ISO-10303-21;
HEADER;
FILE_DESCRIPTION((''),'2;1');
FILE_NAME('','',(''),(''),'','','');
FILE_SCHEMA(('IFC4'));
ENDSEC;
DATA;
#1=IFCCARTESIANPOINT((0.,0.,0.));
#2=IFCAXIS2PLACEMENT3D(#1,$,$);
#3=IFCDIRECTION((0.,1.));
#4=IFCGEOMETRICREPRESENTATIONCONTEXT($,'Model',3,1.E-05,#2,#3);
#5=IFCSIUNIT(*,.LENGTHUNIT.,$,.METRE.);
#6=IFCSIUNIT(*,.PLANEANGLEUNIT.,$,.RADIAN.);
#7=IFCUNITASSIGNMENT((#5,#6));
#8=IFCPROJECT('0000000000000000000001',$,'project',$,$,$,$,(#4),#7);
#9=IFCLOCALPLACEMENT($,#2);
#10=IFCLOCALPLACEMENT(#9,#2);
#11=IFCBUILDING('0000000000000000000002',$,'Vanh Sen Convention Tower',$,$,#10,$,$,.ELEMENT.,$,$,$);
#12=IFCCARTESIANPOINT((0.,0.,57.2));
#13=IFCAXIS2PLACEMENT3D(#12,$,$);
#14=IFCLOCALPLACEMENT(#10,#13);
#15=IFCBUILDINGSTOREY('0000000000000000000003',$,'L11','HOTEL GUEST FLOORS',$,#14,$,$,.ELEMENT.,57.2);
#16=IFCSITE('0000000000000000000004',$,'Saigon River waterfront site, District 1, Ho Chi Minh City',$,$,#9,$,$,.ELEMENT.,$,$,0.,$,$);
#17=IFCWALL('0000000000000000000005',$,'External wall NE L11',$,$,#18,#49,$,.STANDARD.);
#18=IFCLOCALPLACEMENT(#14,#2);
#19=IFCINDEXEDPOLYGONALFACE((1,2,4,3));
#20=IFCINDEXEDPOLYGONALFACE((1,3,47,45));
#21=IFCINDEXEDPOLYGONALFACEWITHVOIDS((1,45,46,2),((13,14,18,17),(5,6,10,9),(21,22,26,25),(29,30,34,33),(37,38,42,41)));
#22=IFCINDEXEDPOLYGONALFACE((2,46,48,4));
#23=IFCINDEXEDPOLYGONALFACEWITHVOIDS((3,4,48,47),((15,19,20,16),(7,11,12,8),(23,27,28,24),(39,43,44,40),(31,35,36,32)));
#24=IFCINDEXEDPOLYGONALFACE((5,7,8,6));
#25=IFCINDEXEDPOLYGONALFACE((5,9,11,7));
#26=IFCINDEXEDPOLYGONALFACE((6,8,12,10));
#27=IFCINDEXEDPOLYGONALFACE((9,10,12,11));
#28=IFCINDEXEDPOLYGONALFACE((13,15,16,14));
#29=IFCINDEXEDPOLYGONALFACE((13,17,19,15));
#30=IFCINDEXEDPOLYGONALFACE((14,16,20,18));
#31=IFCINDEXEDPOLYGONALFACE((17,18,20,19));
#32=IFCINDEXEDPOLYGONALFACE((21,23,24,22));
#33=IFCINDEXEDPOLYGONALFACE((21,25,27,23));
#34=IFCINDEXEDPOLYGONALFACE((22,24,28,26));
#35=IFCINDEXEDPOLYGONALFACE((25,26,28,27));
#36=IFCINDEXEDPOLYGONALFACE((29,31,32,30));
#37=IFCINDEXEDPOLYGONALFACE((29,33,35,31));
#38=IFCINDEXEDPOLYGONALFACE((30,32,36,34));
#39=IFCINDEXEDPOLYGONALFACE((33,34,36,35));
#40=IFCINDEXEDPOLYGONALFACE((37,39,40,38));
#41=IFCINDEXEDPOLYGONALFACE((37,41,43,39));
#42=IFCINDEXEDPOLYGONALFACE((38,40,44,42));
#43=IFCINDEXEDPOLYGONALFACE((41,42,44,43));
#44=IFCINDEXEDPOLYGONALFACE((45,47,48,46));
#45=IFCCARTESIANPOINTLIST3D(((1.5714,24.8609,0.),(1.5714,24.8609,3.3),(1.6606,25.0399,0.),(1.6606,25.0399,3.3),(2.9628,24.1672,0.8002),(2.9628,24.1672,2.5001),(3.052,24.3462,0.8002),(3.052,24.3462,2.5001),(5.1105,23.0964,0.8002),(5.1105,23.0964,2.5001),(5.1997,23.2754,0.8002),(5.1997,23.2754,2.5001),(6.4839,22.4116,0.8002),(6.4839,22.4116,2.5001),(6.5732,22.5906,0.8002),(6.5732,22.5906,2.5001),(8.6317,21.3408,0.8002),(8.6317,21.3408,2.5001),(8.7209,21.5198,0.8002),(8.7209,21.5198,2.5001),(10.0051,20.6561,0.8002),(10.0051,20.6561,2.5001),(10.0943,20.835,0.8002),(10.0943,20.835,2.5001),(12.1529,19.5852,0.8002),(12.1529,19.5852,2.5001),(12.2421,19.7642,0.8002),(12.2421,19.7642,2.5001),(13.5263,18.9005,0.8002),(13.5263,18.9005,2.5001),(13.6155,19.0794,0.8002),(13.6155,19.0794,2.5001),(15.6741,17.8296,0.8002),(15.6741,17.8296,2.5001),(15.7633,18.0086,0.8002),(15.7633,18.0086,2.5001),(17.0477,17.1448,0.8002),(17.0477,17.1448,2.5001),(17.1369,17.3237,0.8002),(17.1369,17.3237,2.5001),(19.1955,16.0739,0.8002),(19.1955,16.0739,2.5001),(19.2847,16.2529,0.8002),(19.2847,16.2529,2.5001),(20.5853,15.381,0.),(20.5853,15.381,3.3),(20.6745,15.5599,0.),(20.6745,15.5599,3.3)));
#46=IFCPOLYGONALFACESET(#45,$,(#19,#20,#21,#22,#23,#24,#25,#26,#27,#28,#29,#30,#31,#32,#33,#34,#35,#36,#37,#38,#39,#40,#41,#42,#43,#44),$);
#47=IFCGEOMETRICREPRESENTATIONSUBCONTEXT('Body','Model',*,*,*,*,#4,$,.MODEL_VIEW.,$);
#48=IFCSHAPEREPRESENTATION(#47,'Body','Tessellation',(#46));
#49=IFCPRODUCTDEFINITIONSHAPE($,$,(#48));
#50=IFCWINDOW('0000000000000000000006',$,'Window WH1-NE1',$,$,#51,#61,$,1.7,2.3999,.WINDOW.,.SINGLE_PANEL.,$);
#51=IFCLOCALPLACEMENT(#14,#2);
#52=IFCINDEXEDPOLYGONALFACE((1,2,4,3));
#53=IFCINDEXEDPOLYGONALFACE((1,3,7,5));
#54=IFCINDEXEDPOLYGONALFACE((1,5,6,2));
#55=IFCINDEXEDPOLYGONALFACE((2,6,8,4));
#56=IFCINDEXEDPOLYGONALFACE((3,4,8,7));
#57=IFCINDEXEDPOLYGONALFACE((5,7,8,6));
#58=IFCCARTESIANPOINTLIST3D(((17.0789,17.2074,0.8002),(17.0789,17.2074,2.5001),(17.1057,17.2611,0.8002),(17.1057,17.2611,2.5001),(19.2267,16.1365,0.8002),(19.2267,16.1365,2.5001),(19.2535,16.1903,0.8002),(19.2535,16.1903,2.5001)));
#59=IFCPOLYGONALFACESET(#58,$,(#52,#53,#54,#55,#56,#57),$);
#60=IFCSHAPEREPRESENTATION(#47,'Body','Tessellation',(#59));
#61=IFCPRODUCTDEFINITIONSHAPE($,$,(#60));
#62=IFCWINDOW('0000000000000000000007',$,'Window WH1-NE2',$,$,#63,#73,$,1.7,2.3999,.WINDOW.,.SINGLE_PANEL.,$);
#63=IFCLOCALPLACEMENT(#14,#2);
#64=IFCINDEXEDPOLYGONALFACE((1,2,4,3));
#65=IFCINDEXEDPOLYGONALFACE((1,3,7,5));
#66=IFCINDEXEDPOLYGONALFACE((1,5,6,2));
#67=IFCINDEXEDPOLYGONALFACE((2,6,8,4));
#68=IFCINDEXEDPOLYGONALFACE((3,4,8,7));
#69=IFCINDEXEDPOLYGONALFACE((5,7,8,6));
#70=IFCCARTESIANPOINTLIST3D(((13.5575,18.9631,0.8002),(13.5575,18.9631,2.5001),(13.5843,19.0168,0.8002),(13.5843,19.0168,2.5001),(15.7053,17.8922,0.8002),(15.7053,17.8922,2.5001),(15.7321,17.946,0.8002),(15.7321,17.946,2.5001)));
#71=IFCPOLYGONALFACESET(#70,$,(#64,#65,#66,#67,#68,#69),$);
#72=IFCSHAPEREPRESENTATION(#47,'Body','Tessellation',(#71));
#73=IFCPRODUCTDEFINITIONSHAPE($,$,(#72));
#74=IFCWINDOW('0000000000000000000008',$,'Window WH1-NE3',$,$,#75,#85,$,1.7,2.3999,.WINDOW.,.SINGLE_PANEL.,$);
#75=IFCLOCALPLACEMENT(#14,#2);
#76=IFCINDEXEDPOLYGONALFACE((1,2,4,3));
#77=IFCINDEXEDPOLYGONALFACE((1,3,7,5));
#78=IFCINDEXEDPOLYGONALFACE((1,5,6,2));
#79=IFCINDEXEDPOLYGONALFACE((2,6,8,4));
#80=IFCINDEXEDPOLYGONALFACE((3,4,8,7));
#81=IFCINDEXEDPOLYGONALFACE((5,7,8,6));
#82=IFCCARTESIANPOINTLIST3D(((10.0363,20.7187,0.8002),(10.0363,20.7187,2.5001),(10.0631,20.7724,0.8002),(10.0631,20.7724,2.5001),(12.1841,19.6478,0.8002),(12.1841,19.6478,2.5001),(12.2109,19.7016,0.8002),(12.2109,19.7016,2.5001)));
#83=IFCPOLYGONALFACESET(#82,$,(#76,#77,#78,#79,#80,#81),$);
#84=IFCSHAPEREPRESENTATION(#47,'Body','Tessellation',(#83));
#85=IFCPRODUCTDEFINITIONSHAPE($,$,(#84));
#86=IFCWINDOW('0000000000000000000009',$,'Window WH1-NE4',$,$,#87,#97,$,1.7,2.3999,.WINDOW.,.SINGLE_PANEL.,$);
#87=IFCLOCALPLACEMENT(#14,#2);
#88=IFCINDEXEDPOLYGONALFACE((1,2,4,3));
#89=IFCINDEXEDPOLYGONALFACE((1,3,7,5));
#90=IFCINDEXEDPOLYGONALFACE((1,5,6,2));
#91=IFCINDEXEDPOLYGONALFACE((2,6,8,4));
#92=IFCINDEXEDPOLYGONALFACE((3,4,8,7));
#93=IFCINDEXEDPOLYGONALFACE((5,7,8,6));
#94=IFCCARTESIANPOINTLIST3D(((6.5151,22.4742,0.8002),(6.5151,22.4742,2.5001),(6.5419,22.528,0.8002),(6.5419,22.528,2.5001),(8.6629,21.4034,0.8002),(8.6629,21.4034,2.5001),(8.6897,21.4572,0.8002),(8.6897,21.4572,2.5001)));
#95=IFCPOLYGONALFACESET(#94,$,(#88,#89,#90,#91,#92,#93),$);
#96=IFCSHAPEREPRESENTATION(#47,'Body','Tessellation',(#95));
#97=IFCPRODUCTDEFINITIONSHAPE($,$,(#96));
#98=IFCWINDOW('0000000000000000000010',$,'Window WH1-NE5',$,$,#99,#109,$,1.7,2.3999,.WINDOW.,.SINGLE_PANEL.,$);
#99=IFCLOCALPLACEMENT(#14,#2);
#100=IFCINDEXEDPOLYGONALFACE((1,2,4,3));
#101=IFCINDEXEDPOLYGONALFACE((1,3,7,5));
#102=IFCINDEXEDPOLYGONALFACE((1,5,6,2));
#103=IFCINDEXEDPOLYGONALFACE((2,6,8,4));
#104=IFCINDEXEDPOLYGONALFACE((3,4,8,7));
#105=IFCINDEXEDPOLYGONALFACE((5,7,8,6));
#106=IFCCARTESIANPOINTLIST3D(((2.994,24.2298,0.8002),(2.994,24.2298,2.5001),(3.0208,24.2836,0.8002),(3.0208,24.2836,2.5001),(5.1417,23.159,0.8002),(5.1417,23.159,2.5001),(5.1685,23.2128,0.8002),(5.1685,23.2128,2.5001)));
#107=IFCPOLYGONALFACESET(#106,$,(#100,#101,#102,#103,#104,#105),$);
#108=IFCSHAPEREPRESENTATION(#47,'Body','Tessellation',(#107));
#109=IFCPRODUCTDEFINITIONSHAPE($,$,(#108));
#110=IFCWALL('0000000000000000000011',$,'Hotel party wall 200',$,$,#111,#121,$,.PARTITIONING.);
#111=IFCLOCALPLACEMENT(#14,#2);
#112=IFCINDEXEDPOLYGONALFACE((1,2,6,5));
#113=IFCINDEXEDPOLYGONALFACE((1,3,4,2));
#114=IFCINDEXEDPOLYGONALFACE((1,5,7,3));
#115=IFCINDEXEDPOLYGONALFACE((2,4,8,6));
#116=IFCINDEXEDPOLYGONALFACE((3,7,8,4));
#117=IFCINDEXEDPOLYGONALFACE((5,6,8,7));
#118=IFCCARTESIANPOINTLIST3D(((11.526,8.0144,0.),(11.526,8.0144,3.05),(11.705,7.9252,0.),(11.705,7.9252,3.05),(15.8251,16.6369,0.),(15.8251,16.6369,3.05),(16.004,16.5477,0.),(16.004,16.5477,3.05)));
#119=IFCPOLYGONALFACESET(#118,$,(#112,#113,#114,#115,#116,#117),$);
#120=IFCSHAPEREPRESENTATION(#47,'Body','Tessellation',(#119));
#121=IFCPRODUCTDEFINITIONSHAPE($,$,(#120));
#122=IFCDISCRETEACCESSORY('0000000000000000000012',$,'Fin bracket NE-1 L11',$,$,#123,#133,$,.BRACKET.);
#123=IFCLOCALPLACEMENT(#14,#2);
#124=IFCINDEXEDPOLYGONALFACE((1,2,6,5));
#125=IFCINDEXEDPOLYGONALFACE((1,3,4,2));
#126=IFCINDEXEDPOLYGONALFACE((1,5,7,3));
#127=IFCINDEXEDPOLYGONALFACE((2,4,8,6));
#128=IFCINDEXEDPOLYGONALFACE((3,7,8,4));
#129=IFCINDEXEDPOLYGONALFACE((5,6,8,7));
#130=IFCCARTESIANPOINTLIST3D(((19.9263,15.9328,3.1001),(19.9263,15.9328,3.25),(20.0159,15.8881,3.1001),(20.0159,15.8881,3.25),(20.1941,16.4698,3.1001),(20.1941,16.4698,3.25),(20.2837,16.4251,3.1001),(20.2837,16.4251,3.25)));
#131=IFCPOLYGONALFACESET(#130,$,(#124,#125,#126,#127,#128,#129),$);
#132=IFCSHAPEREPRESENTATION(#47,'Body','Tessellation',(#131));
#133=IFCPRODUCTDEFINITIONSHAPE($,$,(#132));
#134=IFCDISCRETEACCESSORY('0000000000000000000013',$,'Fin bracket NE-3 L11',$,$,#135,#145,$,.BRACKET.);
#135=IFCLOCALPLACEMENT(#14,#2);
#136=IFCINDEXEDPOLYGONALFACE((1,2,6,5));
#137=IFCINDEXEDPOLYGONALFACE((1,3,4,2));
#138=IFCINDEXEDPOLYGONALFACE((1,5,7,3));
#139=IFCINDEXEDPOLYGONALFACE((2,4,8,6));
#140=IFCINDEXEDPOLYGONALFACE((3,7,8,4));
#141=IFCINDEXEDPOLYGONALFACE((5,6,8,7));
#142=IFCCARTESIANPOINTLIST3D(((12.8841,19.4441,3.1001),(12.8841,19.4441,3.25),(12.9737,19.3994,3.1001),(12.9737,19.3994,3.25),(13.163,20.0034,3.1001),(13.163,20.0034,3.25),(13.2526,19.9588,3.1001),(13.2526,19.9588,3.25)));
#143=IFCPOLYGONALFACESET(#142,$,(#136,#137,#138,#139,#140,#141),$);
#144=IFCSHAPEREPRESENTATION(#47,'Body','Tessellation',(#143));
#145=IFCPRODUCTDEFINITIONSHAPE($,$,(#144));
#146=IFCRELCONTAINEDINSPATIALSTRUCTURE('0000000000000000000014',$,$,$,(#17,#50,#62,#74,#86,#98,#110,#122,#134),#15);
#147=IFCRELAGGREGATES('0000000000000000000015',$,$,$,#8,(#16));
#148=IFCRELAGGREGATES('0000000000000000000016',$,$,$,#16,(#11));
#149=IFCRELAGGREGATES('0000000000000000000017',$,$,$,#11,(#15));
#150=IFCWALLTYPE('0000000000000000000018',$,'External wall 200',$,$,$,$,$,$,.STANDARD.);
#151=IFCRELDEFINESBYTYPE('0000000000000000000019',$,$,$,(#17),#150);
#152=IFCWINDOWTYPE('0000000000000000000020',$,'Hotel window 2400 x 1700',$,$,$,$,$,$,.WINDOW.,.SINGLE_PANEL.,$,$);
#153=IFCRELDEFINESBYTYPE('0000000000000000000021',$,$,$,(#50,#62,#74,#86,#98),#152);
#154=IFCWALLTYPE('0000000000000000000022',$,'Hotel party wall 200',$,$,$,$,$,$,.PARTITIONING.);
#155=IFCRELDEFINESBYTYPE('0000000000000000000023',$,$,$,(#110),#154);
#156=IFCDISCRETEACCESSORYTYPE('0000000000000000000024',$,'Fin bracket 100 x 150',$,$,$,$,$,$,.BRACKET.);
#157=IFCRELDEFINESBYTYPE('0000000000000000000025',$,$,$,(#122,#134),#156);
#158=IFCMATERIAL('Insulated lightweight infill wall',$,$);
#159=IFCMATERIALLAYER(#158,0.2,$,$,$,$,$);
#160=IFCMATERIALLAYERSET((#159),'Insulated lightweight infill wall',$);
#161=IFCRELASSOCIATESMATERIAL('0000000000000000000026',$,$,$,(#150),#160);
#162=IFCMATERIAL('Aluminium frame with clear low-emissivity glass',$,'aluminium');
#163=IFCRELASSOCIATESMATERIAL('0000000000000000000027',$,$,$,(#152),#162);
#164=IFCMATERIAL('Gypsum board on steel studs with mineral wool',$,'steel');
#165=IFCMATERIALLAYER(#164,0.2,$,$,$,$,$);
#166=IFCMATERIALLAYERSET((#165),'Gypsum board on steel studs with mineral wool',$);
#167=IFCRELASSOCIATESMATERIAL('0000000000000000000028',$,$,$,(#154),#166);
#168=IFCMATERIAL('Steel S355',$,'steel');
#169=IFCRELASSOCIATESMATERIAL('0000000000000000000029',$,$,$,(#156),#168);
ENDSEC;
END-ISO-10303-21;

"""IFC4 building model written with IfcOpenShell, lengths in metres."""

from ifc_helpers import new_model, si_unit, direction, frame, frame_2d, origin, origin_2d, place, context, subcontext, project, spatial, rectangle, extrude, material, layer, layer_set, type_object, element, fill, save


model = new_model("IFC4")

# Units and contexts
model_context = context("Model", 3, precision=1e-05, world=origin(), true_north=direction((0.0, 1.0)))
body_context = subcontext(model_context, "Body", "Model", "MODEL_VIEW")
ifc_project = project(units=[si_unit("LENGTHUNIT", "METRE"), si_unit("PLANEANGLEUNIT", "RADIAN")], contexts=[model_context])

# Site, building, storey
site_placement = place(None, origin())
site = spatial("IfcSite", under=ifc_project, at=site_placement, Name="Saigon River waterfront site, District 1, Ho Chi Minh City", CompositionType="ELEMENT", RefElevation=0.0)
building_placement = place(site_placement, origin())
building = spatial("IfcBuilding", under=site, at=building_placement, Name="Vanh Sen Convention Tower", CompositionType="ELEMENT")
storey_placement = place(building_placement, frame((0.0, 0.0, 57.2)))
storey = spatial("IfcBuildingStorey", under=building, at=storey_placement, Name="L11", Description="HOTEL GUEST FLOORS", CompositionType="ELEMENT", Elevation=57.2)

# Wall, openings, windows
ifc_material_1 = material(Name="Insulated lightweight infill wall")
ifc_layer_1 = layer(ifc_material_1, 0.2)
ifc_layer_set_1 = layer_set([ifc_layer_1], Name="Insulated lightweight infill wall")
wall_type_1 = type_object("IfcWallType", Name="External wall 200", PredefinedType="STANDARD", material=ifc_layer_set_1)
wall_1_placement = place(storey_placement, frame((20.6299, 15.4705, 0.0), z_axis=(0.0, 0.0, 1.0), x_axis=(-0.894935, 0.446197, 0.0)))
wall_1 = element("IfcWall", 1, at=wall_1_placement, inside=storey, type_object=wall_type_1, Name="External wall NE L11", PredefinedType="STANDARD", context=body_context, shape_type="SweptSolid", body=[
    extrude(rectangle(XDim=21.2461, YDim=0.2, at=frame_2d((10.623, 0.0))), origin(), (0.0, 0.0, 1.0), 3.3),
])
opening_1_placement = place(wall_1_placement, frame((1.553, 0.0, 0.8)))
opening_1 = element("IfcOpeningElement", 2, at=opening_1_placement, cuts=wall_1, PredefinedType="OPENING", context=body_context, shape_type="SweptSolid", body=[
    extrude(rectangle(XDim=2.3999, YDim=1.7, at=frame_2d((1.2, 0.8501))), frame((0.0, 0.1099, 0.0), z_axis=(0.0, -1.0, 0.0), x_axis=(1.0, 0.0, 0.0)), (0.0, 0.0, 1.0), 0.22),
])
opening_2_placement = place(wall_1_placement, frame((5.4878, 0.0, 0.8)))
opening_2 = element("IfcOpeningElement", 3, at=opening_2_placement, cuts=wall_1, PredefinedType="OPENING", context=body_context, shape_type="SweptSolid", body=[
    extrude(rectangle(XDim=2.3999, YDim=1.7, at=frame_2d((1.2, 0.8501))), frame((0.0, 0.1099, 0.0), z_axis=(0.0, -1.0, 0.0), x_axis=(1.0, 0.0, 0.0)), (0.0, 0.0, 1.0), 0.22),
])
opening_3_placement = place(wall_1_placement, frame((9.4224, 0.0, 0.8)))
opening_3 = element("IfcOpeningElement", 4, at=opening_3_placement, cuts=wall_1, PredefinedType="OPENING", context=body_context, shape_type="SweptSolid", body=[
    extrude(rectangle(XDim=2.3999, YDim=1.7, at=frame_2d((1.2, 0.8501))), frame((0.0, 0.1099, 0.0), z_axis=(0.0, -1.0, 0.0), x_axis=(1.0, 0.0, 0.0)), (0.0, 0.0, 1.0), 0.22),
])
opening_4_placement = place(wall_1_placement, frame((13.3569, 0.0, 0.8)))
opening_4 = element("IfcOpeningElement", 5, at=opening_4_placement, cuts=wall_1, PredefinedType="OPENING", context=body_context, shape_type="SweptSolid", body=[
    extrude(rectangle(XDim=2.3999, YDim=1.7, at=frame_2d((1.2, 0.8501))), frame((0.0, 0.1099, 0.0), z_axis=(0.0, -1.0, 0.0), x_axis=(1.0, 0.0, 0.0)), (0.0, 0.0, 1.0), 0.22),
])
opening_5_placement = place(wall_1_placement, frame((17.2915, 0.0, 0.8)))
opening_5 = element("IfcOpeningElement", 6, at=opening_5_placement, cuts=wall_1, PredefinedType="OPENING", context=body_context, shape_type="SweptSolid", body=[
    extrude(rectangle(XDim=2.3999, YDim=1.7, at=frame_2d((1.2, 0.8501))), frame((0.0, 0.1099, 0.0), z_axis=(0.0, -1.0, 0.0), x_axis=(1.0, 0.0, 0.0)), (0.0, 0.0, 1.0), 0.22),
])
ifc_material_2 = material(Name="Aluminium frame with clear low-emissivity glass", Category="aluminium")
window_type = type_object("IfcWindowType", Name="Hotel window 2400 x 1700", PartitioningType="SINGLE_PANEL", PredefinedType="WINDOW", material=ifc_material_2)
window_1_placement = place(opening_1_placement, origin())
window_1 = element("IfcWindow", 7, at=window_1_placement, inside=storey, type_object=window_type, Name="Window WH1-NE1", OverallHeight=1.7, OverallWidth=2.3999, PartitioningType="SINGLE_PANEL", PredefinedType="WINDOW", context=body_context, shape_type="SweptSolid", body=[
    extrude(rectangle(XDim=2.3999, YDim=1.7, at=frame_2d((1.2, 0.8501))), frame((0.0, 0.03, 0.0), z_axis=(0.0, -1.0, 0.0), x_axis=(1.0, 0.0, 0.0)), (0.0, 0.0, 1.0), 0.0601),
])
fill(opening_1, window_1)
window_2_placement = place(opening_2_placement, origin())
window_2 = element("IfcWindow", 8, at=window_2_placement, inside=storey, type_object=window_type, Name="Window WH1-NE2", OverallHeight=1.7, OverallWidth=2.3999, PartitioningType="SINGLE_PANEL", PredefinedType="WINDOW", context=body_context, shape_type="SweptSolid", body=[
    extrude(rectangle(XDim=2.3999, YDim=1.7, at=frame_2d((1.2, 0.8501))), frame((0.0, 0.03, 0.0), z_axis=(0.0, -1.0, 0.0), x_axis=(1.0, 0.0, 0.0)), (0.0, 0.0, 1.0), 0.0601),
])
fill(opening_2, window_2)
window_3_placement = place(opening_3_placement, origin())
window_3 = element("IfcWindow", 9, at=window_3_placement, inside=storey, type_object=window_type, Name="Window WH1-NE3", OverallHeight=1.7, OverallWidth=2.3999, PartitioningType="SINGLE_PANEL", PredefinedType="WINDOW", context=body_context, shape_type="SweptSolid", body=[
    extrude(rectangle(XDim=2.3999, YDim=1.7, at=frame_2d((1.2, 0.8501))), frame((0.0, 0.03, 0.0), z_axis=(0.0, -1.0, 0.0), x_axis=(1.0, 0.0, 0.0)), (0.0, 0.0, 1.0), 0.0601),
])
fill(opening_3, window_3)
window_4_placement = place(opening_4_placement, origin())
window_4 = element("IfcWindow", 10, at=window_4_placement, inside=storey, type_object=window_type, Name="Window WH1-NE4", OverallHeight=1.7, OverallWidth=2.3999, PartitioningType="SINGLE_PANEL", PredefinedType="WINDOW", context=body_context, shape_type="SweptSolid", body=[
    extrude(rectangle(XDim=2.3999, YDim=1.7, at=frame_2d((1.2, 0.8501))), frame((0.0, 0.03, 0.0), z_axis=(0.0, -1.0, 0.0), x_axis=(1.0, 0.0, 0.0)), (0.0, 0.0, 1.0), 0.0601),
])
fill(opening_4, window_4)
window_5_placement = place(opening_5_placement, origin())
window_5 = element("IfcWindow", 11, at=window_5_placement, inside=storey, type_object=window_type, Name="Window WH1-NE5", OverallHeight=1.7, OverallWidth=2.3999, PartitioningType="SINGLE_PANEL", PredefinedType="WINDOW", context=body_context, shape_type="SweptSolid", body=[
    extrude(rectangle(XDim=2.3999, YDim=1.7, at=frame_2d((1.2, 0.8501))), frame((0.0, 0.03, 0.0), z_axis=(0.0, -1.0, 0.0), x_axis=(1.0, 0.0, 0.0)), (0.0, 0.0, 1.0), 0.0601),
])
fill(opening_5, window_5)

# Wall
ifc_material_3 = material(Name="Gypsum board on steel studs with mineral wool", Category="steel")
ifc_layer_2 = layer(ifc_material_3, 0.2)
ifc_layer_set_2 = layer_set([ifc_layer_2], Name="Gypsum board on steel studs with mineral wool")
wall_type_2 = type_object("IfcWallType", Name="Hotel party wall 200", PredefinedType="PARTITIONING", material=ifc_layer_set_2)
wall_2_placement = place(storey_placement, frame((15.9146, 16.5923, 0.0), z_axis=(0.0, 0.0, 1.0), x_axis=(-0.4462, -0.894933, 0.0)))
element("IfcWall", 12, at=wall_2_placement, inside=storey, type_object=wall_type_2, Name="Hotel party wall 200", PredefinedType="PARTITIONING", context=body_context, shape_type="SweptSolid", body=[
    extrude(rectangle(XDim=9.6348, YDim=0.2, at=frame_2d((4.8174, 0.0))), origin(), (0.0, 0.0, 1.0), 3.05),
])

# Discrete accessories
ifc_material_4 = material(Name="Steel S355", Category="steel")
discrete_accessory_type = type_object("IfcDiscreteAccessoryType", Name="Fin bracket 100 x 150", PredefinedType="BRACKET", material=ifc_material_4)
discrete_accessory_1_placement = place(storey_placement, frame((20.105, 16.179, 3.1001), z_axis=(0.0, 0.0, 1.0), x_axis=(0.446198, 0.894934, 0.0)))
element("IfcDiscreteAccessory", 13, at=discrete_accessory_1_placement, inside=storey, type_object=discrete_accessory_type, Name="Fin bracket NE-1 L11", PredefinedType="BRACKET", context=body_context, shape_type="SweptSolid", body=[
    extrude(rectangle(XDim=0.6001, YDim=0.1001, at=origin_2d()), origin(), (0.0, 0.0, 1.0), 0.1499),
])
discrete_accessory_2_placement = place(storey_placement, frame((13.0684, 19.7014, 3.1001), z_axis=(0.0, 0.0, 1.0), x_axis=(0.446198, 0.894934, 0.0)))
element("IfcDiscreteAccessory", 14, at=discrete_accessory_2_placement, inside=storey, type_object=discrete_accessory_type, Name="Fin bracket NE-3 L11", PredefinedType="BRACKET", context=body_context, shape_type="SweptSolid", body=[
    extrude(rectangle(XDim=0.625, YDim=0.1001, at=origin_2d()), origin(), (0.0, 0.0, 1.0), 0.1499),
])

save(model, "model.ifc")
